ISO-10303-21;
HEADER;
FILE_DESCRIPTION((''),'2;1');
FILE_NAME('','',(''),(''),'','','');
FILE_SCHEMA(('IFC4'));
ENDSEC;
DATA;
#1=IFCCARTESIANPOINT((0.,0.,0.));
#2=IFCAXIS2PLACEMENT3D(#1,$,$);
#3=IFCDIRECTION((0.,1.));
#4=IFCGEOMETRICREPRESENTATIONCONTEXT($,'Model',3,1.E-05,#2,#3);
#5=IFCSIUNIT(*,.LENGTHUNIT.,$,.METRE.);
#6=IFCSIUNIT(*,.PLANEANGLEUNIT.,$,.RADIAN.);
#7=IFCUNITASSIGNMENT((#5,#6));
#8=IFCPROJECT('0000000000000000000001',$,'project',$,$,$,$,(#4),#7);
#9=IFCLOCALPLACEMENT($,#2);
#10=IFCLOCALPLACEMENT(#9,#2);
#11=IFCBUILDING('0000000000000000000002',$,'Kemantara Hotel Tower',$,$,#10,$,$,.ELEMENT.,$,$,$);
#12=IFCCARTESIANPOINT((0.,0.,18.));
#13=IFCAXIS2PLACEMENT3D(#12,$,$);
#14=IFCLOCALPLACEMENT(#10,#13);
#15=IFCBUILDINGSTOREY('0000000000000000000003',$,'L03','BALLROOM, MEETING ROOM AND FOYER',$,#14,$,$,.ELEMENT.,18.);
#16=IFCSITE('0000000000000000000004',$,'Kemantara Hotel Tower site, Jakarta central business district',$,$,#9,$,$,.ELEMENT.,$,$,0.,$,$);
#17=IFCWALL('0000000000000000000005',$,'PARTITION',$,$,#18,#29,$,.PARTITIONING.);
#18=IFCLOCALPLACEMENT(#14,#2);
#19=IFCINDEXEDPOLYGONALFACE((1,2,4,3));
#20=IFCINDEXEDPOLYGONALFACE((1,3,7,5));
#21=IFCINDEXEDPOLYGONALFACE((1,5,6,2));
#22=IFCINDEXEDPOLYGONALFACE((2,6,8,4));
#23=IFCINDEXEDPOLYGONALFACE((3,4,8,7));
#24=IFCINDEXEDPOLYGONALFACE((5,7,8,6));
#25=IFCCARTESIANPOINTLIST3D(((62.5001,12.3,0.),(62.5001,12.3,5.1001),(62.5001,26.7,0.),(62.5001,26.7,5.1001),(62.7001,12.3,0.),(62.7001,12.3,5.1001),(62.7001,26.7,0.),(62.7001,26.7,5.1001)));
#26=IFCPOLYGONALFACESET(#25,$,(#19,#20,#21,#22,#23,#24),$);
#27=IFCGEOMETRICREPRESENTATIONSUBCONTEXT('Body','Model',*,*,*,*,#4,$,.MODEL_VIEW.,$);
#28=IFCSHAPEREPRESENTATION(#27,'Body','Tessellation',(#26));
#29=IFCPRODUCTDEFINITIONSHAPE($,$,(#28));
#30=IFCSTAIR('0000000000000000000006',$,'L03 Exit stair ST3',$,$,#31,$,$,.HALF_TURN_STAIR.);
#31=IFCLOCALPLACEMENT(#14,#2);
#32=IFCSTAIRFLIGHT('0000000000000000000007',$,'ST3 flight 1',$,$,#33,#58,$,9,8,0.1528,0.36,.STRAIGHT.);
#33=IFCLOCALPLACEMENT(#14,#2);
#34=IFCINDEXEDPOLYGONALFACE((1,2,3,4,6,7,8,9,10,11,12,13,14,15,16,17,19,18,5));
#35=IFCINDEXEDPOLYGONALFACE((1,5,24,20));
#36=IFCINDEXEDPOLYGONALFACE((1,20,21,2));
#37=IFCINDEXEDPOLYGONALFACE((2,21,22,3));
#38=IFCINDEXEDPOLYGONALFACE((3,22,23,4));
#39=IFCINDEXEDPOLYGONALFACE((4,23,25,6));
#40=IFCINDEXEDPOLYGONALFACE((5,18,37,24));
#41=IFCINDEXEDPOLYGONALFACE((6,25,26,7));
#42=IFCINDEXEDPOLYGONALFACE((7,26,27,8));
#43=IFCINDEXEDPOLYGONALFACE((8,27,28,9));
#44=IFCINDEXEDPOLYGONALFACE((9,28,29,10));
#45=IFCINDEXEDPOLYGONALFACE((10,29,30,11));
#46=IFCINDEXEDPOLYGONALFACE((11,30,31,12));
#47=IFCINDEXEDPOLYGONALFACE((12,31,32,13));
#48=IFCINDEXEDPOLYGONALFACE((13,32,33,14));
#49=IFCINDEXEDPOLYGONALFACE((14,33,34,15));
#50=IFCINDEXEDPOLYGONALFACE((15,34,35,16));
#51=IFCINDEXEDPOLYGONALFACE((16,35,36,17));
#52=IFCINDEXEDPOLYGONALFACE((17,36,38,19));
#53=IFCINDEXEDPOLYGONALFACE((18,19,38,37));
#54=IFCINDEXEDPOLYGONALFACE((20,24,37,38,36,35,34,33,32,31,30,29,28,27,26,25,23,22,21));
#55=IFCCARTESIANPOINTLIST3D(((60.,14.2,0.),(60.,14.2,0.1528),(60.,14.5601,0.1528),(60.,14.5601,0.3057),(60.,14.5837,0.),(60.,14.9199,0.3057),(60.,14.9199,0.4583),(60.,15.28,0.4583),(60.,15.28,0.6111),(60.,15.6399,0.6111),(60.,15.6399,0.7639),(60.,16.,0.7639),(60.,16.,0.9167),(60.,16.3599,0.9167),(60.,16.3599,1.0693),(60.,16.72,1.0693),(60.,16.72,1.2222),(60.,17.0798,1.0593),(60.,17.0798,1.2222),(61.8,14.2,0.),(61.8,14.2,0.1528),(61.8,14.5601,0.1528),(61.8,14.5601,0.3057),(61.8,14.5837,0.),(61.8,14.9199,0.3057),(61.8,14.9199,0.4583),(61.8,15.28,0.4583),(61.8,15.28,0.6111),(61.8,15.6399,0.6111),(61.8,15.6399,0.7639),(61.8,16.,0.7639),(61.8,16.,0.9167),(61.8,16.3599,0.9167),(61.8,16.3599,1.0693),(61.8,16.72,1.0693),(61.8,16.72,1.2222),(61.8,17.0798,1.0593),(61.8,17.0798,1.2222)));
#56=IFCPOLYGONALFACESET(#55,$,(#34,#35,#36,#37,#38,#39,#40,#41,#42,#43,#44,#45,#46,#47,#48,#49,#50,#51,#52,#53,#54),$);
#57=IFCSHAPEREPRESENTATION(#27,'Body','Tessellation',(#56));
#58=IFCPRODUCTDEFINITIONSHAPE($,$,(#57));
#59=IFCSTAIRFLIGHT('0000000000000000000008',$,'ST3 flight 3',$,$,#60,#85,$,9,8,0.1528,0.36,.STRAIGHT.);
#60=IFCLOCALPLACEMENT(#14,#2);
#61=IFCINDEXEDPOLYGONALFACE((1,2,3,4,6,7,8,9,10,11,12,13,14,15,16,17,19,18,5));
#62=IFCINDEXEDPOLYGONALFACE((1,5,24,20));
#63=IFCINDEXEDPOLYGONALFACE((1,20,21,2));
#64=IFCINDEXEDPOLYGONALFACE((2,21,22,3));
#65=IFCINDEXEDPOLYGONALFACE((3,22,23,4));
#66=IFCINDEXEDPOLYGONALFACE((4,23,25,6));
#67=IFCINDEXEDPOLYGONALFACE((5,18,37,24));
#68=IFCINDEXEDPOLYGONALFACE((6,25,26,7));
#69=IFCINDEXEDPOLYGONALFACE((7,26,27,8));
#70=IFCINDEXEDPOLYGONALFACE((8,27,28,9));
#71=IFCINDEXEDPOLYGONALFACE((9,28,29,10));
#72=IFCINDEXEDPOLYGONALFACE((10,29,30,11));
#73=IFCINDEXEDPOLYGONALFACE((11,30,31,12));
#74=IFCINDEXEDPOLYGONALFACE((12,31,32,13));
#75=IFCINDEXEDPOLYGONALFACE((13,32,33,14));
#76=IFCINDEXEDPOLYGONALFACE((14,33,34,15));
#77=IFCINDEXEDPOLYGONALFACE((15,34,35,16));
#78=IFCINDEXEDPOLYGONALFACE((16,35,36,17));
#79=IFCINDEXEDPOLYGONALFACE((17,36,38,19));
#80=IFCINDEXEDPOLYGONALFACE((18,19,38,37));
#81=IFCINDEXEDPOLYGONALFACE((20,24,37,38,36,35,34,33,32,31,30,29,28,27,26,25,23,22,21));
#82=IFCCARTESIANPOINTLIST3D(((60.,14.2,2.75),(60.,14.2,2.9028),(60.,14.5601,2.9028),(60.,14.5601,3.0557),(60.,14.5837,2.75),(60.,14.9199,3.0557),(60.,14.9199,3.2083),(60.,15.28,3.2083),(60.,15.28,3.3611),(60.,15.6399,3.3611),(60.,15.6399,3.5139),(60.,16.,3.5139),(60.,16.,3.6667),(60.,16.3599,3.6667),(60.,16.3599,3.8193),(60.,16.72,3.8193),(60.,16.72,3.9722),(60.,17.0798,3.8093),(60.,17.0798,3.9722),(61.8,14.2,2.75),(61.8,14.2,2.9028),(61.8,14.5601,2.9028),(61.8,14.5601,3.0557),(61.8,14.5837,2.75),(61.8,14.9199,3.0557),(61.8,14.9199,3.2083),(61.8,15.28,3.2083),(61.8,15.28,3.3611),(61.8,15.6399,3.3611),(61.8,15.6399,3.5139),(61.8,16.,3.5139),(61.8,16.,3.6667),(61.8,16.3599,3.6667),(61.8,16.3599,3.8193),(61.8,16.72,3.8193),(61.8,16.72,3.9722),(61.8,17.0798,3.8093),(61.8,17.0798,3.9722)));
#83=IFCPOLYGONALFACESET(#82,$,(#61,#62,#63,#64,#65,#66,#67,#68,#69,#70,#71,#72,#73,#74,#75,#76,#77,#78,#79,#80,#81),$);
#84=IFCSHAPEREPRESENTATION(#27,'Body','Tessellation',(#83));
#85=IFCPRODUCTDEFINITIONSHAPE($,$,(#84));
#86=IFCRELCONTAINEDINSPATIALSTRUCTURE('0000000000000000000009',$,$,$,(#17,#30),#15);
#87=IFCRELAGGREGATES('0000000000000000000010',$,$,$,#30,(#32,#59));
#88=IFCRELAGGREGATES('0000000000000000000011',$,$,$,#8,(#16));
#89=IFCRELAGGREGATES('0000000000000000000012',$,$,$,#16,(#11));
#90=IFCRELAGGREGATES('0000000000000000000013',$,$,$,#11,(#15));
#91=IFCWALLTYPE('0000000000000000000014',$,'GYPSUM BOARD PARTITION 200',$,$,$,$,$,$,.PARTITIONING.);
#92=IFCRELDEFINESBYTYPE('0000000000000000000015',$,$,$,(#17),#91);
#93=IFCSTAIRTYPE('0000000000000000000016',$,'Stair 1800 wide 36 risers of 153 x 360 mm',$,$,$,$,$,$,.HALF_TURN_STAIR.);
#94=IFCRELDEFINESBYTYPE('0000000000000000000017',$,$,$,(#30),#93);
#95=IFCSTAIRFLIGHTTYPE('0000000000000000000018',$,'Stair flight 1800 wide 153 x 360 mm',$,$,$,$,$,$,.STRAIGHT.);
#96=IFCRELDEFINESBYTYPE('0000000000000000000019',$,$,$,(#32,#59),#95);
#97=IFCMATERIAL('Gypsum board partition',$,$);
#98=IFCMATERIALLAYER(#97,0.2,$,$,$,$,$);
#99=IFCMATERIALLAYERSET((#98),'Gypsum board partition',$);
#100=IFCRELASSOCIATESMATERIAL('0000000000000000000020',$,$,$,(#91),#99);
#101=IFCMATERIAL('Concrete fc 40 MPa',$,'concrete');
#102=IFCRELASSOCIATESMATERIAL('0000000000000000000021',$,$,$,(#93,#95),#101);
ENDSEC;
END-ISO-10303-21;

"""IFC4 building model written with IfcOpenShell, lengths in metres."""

from ifc_helpers import new_model, si_unit, direction, frame, frame_2d, origin, place, context, subcontext, project, spatial, polyline, rectangle, outline, extrude, material, layer, layer_set, type_object, element, aggregate, save


model = new_model("IFC4")

# Units and contexts
model_context = context("Model", 3, precision=1e-05, world=origin(), true_north=direction((0.0, 1.0)))
body_context = subcontext(model_context, "Body", "Model", "MODEL_VIEW")
ifc_project = project(units=[si_unit("LENGTHUNIT", "METRE"), si_unit("PLANEANGLEUNIT", "RADIAN")], contexts=[model_context])

# Site, building, storey
site_placement = place(None, origin())
site = spatial("IfcSite", under=ifc_project, at=site_placement, Name="Kemantara Hotel Tower site, Jakarta central business district", CompositionType="ELEMENT", RefElevation=0.0)
building_placement = place(site_placement, origin())
building = spatial("IfcBuilding", under=site, at=building_placement, Name="Kemantara Hotel Tower", CompositionType="ELEMENT")
storey_placement = place(building_placement, frame((0.0, 0.0, 18.0)))
storey = spatial("IfcBuildingStorey", under=building, at=storey_placement, Name="L03", Description="BALLROOM, MEETING ROOM AND FOYER", CompositionType="ELEMENT", Elevation=18.0)

# Shared definitions
ifc_material_1 = material(Name="Concrete fc 40 MPa", Category="concrete")

# Wall
ifc_material_2 = material(Name="Gypsum board partition")
ifc_layer_1 = layer(ifc_material_2, 0.2)
ifc_layer_set_1 = layer_set([ifc_layer_1], Name="Gypsum board partition")
wall_type_1 = type_object("IfcWallType", Name="GYPSUM BOARD PARTITION 200", PredefinedType="PARTITIONING", material=ifc_layer_set_1)
for number, where, z_axis, x_axis, name in (
    (1, (62.6001, 12.3, 0.0), (0.0, 0.0, 1.0), (0.0, 1.0, 0.0), "PARTITION"),
):
    element("IfcWall", number, at=place(storey_placement, frame(where, z_axis=z_axis, x_axis=x_axis)), inside=storey, type_object=wall_type_1, Name=name, PredefinedType="PARTITIONING", context=body_context, shape_type="SweptSolid", body=[
        extrude(rectangle(XDim=14.3999, YDim=0.2, at=frame_2d((7.2, 0.0))), origin(), (0.0, 0.0, 1.0), 5.1001),
    ])

# Stair, stair flights
stair_type = type_object("IfcStairType", Name="Stair 1800 wide 36 risers of 153 x 360 mm", PredefinedType="HALF_TURN_STAIR", material=ifc_material_1)
stair_placement = place(storey_placement, origin())
stair = element("IfcStair", 2, at=stair_placement, inside=storey, type_object=stair_type, Name="L03 Exit stair ST3", PredefinedType="HALF_TURN_STAIR")
stair_flight_type = type_object("IfcStairFlightType", Name="Stair flight 1800 wide 153 x 360 mm", PredefinedType="STRAIGHT", material=ifc_material_1)
stair_flight_1_placement = place(storey_placement, frame((60.8999, 14.2, 0.0), z_axis=(0.0, 0.0, 1.0), x_axis=(0.0, 1.0, 0.0)))
stair_flight_1 = element("IfcStairFlight", 3, at=stair_flight_1_placement, type_object=stair_flight_type, Name="ST3 flight 1", NumberOfRisers=9, NumberOfTreads=8, PredefinedType="STRAIGHT", RiserHeight=0.1528, TreadLength=0.36, context=body_context, shape_type="SweptSolid", body=[
    extrude(outline(polyline([(0.0, 0.0), (0.0, 0.1528), (0.3601, 0.1528), (0.3601, 0.3057), (0.72, 0.3057), (0.72, 0.4583), (1.0801, 0.4583), (1.0801, 0.6111), (1.4399, 0.6111), (1.4399, 0.7639), (1.8, 0.7639), (1.8, 0.9167), (2.1599, 0.9167), (2.1599, 1.0693), (2.52, 1.0693), (2.52, 1.2222), (2.8799, 1.2222), (2.8799, 1.375), (2.8799, 1.0593), (0.3838, 0.0), (0.0, 0.0)])), frame((0.0, 0.8999, 0.0), z_axis=(0.0, -1.0, 0.0), x_axis=(1.0, 0.0, 0.0)), (0.0, 0.0, 1.0), 1.8),
])
stair_flight_2_placement = place(storey_placement, frame((60.8999, 14.2, 2.75), z_axis=(0.0, 0.0, 1.0), x_axis=(0.0, 1.0, 0.0)))
stair_flight_2 = element("IfcStairFlight", 4, at=stair_flight_2_placement, type_object=stair_flight_type, Name="ST3 flight 3", NumberOfRisers=9, NumberOfTreads=8, PredefinedType="STRAIGHT", RiserHeight=0.1528, TreadLength=0.36, context=body_context, shape_type="SweptSolid", body=[
    extrude(outline(polyline([(0.0, 0.0), (0.0, 0.1528), (0.3601, 0.1528), (0.3601, 0.3057), (0.72, 0.3057), (0.72, 0.4583), (1.0801, 0.4583), (1.0801, 0.6111), (1.4399, 0.6111), (1.4399, 0.7639), (1.8, 0.7639), (1.8, 0.9167), (2.1599, 0.9167), (2.1599, 1.0693), (2.52, 1.0693), (2.52, 1.2222), (2.8799, 1.2222), (2.8799, 1.375), (2.8799, 1.0593), (0.3838, 0.0), (0.0, 0.0)])), frame((0.0, 0.8999, 0.0), z_axis=(0.0, -1.0, 0.0), x_axis=(1.0, 0.0, 0.0)), (0.0, 0.0, 1.0), 1.8),
])
aggregate(stair, [stair_flight_1, stair_flight_2])

save(model, "model.ifc")
